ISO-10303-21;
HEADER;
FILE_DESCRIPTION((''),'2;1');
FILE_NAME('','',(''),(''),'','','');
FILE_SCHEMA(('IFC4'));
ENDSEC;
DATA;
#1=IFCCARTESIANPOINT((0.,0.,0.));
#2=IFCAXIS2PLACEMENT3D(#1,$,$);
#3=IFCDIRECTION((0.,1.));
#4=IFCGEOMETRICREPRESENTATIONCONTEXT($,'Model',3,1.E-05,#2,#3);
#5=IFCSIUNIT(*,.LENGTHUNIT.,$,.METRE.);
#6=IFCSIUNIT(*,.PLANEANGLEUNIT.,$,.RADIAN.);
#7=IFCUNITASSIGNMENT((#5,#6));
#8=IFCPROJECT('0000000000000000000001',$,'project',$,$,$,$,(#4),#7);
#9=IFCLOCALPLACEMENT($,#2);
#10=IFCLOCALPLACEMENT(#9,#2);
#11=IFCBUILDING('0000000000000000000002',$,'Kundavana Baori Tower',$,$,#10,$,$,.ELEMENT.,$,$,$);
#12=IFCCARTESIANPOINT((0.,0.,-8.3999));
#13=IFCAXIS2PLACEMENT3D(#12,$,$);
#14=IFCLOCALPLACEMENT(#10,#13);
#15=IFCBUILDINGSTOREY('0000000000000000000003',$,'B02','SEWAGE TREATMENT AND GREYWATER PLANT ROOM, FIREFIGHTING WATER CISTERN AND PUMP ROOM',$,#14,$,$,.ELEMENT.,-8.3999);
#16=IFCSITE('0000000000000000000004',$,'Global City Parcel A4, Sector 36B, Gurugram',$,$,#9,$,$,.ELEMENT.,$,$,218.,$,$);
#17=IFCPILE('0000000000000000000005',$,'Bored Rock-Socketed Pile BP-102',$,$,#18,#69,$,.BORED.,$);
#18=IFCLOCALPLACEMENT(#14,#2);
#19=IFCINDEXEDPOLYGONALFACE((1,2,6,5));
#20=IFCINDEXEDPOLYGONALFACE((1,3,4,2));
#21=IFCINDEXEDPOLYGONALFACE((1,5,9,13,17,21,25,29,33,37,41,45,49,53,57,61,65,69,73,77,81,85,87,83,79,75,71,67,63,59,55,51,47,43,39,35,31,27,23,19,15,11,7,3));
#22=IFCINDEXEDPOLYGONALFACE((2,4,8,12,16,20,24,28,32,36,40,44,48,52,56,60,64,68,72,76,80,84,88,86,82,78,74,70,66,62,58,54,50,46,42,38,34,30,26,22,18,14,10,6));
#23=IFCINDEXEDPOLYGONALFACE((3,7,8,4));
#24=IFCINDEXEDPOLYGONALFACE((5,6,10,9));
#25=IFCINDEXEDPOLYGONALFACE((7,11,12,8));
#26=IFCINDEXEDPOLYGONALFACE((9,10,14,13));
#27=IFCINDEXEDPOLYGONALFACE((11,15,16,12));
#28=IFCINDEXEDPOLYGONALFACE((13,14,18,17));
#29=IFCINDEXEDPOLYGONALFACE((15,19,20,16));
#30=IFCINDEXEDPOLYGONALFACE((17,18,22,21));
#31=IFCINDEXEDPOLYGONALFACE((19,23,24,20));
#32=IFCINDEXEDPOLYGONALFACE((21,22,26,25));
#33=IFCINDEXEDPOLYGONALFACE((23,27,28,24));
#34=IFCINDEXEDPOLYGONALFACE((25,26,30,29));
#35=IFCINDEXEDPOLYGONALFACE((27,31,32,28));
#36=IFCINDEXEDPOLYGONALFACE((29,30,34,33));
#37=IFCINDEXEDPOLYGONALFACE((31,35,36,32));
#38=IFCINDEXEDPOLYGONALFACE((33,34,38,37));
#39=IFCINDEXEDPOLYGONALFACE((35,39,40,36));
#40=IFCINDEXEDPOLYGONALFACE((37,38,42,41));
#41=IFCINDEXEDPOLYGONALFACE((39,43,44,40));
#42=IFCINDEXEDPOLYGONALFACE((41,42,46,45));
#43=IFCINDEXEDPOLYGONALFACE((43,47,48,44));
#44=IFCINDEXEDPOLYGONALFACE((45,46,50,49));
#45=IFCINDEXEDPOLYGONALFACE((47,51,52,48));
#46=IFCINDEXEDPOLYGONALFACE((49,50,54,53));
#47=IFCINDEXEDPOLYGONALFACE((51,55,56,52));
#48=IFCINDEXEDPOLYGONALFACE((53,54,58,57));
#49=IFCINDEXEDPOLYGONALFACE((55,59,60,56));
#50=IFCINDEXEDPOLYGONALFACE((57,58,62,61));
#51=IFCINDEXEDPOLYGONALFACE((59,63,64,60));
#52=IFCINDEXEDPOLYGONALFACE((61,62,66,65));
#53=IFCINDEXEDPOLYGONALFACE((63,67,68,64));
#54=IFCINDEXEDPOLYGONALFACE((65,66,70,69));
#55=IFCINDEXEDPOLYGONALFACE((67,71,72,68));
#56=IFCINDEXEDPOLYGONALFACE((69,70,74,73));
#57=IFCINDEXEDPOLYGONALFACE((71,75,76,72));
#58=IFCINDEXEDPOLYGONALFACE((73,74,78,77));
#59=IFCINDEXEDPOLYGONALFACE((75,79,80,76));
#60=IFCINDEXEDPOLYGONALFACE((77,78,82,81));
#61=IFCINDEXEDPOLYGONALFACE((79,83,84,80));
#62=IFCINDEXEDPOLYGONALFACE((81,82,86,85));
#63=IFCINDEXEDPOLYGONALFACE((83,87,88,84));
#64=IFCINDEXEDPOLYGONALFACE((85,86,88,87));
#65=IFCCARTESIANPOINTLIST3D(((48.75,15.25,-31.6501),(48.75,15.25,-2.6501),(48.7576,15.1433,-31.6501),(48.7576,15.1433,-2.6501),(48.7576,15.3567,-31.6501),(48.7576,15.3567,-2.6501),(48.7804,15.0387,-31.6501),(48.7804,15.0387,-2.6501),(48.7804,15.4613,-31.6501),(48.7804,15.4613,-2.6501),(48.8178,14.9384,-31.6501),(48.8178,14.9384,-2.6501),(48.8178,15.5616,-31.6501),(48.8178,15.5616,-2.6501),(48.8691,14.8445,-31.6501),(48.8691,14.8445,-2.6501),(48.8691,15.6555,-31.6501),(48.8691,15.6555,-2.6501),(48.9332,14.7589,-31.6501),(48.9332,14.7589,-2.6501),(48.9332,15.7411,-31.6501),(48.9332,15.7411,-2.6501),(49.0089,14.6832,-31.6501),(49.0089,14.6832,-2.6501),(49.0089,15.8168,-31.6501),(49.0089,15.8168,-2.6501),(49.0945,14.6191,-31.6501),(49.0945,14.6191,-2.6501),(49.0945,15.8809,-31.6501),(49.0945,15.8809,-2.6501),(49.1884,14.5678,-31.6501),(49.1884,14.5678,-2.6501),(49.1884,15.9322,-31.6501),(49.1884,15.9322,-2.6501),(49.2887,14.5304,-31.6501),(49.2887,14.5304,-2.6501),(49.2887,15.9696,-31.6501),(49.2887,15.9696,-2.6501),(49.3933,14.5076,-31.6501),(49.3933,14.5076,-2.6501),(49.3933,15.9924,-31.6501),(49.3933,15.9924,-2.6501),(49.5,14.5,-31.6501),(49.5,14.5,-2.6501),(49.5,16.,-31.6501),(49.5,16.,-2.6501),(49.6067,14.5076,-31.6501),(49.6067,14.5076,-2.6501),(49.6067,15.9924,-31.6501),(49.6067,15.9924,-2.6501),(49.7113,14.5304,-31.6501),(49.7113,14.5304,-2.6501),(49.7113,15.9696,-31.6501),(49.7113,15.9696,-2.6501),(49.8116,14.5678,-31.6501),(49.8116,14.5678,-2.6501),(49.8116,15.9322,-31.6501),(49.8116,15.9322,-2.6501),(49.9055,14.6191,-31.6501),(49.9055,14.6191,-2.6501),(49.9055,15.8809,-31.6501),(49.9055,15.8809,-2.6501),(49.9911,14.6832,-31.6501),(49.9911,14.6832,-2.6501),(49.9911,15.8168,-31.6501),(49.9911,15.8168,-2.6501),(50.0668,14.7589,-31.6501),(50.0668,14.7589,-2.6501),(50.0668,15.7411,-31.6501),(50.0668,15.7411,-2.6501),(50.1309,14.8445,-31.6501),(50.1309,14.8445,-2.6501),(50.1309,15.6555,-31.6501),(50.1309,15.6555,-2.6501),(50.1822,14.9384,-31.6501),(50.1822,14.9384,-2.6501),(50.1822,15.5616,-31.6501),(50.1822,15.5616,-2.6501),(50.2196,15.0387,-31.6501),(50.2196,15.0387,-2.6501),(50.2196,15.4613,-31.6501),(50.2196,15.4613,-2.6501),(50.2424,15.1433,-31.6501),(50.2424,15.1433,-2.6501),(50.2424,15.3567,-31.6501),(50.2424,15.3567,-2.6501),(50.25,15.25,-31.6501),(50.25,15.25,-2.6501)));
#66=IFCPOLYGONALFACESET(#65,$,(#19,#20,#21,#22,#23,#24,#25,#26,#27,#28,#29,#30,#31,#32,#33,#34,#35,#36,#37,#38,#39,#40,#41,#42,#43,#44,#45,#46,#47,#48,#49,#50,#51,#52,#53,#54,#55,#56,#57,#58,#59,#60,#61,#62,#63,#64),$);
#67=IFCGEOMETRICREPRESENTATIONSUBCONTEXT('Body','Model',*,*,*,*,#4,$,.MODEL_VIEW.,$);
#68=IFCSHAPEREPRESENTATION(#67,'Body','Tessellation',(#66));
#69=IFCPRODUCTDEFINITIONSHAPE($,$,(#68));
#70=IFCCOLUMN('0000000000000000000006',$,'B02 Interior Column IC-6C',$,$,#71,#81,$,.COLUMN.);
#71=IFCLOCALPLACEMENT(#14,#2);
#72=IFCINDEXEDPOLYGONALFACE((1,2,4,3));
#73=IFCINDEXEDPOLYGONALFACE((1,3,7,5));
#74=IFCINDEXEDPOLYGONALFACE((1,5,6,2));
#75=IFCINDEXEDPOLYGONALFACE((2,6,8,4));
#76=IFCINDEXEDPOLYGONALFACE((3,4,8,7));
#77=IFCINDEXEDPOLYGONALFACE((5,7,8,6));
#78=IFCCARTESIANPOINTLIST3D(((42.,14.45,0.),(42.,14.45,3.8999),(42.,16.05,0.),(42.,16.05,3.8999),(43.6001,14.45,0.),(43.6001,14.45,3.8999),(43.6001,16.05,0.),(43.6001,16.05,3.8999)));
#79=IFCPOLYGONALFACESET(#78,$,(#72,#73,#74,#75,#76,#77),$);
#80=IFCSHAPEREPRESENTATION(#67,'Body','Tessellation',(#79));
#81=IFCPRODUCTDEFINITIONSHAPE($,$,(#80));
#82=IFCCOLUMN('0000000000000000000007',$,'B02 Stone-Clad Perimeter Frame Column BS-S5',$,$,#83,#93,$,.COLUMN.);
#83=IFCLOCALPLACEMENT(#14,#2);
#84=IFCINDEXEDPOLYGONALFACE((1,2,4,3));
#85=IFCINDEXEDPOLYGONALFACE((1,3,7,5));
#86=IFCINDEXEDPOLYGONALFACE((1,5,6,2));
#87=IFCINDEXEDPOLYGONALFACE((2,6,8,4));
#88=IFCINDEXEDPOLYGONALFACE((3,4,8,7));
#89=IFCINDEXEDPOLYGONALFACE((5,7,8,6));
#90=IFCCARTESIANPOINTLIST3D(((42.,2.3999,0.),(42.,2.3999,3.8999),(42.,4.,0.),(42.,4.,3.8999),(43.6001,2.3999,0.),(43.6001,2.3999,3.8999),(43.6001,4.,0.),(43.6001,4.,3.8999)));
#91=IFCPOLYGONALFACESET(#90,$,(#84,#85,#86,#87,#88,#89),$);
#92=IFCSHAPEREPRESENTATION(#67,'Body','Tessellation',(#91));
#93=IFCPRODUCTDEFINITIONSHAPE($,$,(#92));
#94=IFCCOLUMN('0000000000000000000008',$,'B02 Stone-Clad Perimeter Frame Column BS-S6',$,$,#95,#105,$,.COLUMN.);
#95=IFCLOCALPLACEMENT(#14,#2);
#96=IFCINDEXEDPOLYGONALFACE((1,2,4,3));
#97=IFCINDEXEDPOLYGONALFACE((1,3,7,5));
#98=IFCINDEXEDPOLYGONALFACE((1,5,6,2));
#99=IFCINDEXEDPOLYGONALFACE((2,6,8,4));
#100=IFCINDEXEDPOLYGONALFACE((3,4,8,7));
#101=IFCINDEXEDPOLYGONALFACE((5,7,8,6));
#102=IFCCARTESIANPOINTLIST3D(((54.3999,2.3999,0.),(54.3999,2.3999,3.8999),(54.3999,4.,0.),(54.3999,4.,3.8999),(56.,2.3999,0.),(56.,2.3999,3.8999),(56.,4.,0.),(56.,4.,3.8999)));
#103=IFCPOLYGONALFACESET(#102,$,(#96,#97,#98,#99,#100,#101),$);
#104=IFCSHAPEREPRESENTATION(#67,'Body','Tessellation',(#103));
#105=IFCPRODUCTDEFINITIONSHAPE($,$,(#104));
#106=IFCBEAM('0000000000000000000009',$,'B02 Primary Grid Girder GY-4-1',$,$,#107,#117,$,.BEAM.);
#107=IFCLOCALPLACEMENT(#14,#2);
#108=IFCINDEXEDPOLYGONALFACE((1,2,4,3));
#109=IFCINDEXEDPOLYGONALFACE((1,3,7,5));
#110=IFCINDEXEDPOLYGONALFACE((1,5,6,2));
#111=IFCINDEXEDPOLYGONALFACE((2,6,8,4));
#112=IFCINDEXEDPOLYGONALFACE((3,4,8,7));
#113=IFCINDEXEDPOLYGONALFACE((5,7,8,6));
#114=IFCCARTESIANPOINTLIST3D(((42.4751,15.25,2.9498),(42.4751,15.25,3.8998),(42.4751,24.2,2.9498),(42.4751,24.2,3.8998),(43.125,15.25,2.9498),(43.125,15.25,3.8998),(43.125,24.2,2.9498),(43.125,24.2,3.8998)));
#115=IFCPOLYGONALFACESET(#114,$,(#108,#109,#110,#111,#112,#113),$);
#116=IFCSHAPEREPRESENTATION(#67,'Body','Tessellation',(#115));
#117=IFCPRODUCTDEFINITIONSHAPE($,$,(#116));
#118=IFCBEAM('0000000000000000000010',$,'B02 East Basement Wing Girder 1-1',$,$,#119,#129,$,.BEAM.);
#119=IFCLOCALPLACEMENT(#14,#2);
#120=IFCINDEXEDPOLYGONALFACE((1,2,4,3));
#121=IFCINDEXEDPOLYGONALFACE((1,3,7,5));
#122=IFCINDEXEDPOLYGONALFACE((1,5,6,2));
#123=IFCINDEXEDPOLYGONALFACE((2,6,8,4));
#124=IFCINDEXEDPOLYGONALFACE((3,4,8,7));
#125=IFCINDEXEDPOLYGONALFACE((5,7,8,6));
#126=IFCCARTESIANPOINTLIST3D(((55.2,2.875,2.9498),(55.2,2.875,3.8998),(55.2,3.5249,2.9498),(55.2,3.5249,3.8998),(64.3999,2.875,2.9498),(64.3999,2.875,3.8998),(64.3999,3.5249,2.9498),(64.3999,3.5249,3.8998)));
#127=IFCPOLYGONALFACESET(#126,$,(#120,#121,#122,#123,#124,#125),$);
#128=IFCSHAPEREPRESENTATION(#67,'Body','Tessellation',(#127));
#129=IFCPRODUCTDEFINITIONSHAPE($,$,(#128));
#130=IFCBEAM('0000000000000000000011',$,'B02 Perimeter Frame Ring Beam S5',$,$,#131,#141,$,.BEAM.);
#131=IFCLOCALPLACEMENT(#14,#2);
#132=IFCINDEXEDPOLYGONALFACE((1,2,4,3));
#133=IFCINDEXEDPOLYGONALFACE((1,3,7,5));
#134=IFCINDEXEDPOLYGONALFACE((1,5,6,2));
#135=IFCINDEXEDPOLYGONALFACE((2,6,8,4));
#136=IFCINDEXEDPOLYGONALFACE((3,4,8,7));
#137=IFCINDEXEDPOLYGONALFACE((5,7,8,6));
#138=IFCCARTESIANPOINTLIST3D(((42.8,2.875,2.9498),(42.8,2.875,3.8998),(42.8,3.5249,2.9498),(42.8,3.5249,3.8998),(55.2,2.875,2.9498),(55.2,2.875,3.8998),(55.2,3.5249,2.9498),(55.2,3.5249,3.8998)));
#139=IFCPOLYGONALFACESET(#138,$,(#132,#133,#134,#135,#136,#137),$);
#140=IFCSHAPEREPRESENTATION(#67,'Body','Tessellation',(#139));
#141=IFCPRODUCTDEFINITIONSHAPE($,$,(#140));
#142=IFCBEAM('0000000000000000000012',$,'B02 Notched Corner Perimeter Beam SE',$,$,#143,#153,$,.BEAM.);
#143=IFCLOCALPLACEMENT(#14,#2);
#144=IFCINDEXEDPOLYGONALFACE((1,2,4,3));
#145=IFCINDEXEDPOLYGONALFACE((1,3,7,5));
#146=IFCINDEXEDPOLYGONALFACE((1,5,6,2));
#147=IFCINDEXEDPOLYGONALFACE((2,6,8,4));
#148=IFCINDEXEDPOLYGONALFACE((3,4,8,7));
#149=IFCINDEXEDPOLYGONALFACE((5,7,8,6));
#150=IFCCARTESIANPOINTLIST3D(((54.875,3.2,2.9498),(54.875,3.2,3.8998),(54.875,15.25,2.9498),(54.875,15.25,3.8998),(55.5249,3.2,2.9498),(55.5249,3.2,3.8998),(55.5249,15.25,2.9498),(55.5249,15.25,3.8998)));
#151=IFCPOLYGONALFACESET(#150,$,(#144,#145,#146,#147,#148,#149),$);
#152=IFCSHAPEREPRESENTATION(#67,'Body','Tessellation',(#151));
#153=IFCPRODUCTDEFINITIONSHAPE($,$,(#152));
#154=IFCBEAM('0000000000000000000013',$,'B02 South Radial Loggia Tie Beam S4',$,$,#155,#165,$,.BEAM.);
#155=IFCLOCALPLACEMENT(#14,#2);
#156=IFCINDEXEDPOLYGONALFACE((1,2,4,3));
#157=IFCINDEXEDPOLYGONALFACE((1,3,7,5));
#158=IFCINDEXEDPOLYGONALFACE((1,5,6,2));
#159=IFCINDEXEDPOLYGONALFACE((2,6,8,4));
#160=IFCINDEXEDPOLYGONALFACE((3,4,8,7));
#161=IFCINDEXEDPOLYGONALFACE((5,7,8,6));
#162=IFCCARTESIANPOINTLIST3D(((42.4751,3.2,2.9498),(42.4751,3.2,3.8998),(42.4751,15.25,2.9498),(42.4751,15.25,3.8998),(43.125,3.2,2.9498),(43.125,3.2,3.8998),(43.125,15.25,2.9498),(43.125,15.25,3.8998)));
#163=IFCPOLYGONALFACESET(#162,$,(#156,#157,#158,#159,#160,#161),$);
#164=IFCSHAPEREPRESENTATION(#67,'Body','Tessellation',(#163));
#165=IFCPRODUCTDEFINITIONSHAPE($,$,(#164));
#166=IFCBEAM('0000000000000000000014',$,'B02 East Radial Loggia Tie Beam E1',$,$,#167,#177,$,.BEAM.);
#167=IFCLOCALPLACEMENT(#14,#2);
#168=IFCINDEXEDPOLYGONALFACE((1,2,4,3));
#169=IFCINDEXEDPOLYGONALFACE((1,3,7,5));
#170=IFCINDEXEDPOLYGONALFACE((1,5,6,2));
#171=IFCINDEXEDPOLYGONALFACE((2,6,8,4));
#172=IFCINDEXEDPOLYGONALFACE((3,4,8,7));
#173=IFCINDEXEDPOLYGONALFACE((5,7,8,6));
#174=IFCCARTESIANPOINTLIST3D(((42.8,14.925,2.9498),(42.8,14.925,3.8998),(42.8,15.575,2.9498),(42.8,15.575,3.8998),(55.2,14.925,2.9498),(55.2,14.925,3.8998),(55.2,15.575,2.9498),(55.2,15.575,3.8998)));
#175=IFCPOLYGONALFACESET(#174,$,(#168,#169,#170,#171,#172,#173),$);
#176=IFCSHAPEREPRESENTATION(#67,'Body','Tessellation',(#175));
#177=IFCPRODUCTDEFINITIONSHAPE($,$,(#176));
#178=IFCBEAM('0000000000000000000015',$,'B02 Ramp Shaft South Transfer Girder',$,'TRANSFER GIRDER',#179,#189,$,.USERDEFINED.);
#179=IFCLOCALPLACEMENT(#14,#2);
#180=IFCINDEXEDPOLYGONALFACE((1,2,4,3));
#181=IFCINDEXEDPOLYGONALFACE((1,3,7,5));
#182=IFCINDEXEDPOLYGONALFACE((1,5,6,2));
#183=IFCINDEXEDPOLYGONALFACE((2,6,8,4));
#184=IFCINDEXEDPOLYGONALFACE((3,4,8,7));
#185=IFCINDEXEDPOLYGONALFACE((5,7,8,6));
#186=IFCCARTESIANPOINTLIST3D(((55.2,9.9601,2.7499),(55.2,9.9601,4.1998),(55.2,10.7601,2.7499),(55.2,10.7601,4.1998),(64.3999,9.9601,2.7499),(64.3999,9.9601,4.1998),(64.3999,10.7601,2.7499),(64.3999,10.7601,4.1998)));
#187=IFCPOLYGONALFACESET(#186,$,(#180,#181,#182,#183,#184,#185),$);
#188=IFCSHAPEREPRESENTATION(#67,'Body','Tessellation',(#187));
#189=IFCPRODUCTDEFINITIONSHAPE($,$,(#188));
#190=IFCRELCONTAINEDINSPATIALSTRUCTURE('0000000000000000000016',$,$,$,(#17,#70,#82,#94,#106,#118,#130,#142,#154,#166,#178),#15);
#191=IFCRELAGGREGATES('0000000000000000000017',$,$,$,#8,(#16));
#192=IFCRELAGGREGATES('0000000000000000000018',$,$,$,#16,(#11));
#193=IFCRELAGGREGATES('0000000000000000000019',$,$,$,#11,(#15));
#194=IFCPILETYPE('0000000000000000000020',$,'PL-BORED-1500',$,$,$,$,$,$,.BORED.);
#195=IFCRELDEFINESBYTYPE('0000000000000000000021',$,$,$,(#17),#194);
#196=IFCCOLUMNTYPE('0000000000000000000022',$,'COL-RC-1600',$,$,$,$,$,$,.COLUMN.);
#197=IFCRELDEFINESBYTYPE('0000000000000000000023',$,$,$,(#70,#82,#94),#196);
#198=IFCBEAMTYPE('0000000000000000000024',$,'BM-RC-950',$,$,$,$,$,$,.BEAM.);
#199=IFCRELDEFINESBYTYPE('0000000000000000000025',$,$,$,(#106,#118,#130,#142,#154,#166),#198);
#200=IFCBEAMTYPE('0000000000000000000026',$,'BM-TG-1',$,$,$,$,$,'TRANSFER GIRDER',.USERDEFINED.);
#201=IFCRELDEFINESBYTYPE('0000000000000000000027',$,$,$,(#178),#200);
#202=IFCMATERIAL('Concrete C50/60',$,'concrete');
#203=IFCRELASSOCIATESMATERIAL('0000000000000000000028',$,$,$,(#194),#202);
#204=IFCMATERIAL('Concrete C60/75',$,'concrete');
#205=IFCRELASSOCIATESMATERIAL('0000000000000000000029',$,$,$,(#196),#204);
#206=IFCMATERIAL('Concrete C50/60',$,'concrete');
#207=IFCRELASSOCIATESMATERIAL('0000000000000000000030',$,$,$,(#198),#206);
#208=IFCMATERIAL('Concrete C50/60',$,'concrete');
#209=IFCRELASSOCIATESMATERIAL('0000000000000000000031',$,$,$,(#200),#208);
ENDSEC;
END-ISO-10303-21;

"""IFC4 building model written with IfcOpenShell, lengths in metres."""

from ifc_helpers import new_model, si_unit, direction, frame, origin, origin_2d, place, context, subcontext, project, spatial, rectangle, circle, extrude, material, material_profile, profile_set, type_object, element, save


model = new_model("IFC4")

# Units and contexts
model_context = context("Model", 3, precision=1e-05, world=origin(), true_north=direction((0.0, 1.0)))
body_context = subcontext(model_context, "Body", "Model", "MODEL_VIEW")
ifc_project = project(units=[si_unit("LENGTHUNIT", "METRE"), si_unit("PLANEANGLEUNIT", "RADIAN")], contexts=[model_context])

# Site, building, storey
site_placement = place(None, origin())
site = spatial("IfcSite", under=ifc_project, at=site_placement, Name="Global City Parcel A4, Sector 36B, Gurugram", CompositionType="ELEMENT", RefElevation=218.0)
building_placement = place(site_placement, origin())
building = spatial("IfcBuilding", under=site, at=building_placement, Name="Kundavana Baori Tower", CompositionType="ELEMENT")
storey_placement = place(building_placement, frame((0.0, 0.0, -8.3999)))
storey = spatial("IfcBuildingStorey", under=building, at=storey_placement, Name="B02", Description="SEWAGE TREATMENT AND GREYWATER PLANT ROOM, FIREFIGHTING WATER CISTERN AND PUMP ROOM", CompositionType="ELEMENT", Elevation=-8.3999)

# Pile
ifc_material_1 = material(Name="Concrete C50/60", Category="concrete")
ifc_material_profile_1 = material_profile(ifc_material_1, circle(Radius=0.75, at=origin_2d()), Name="BORED PILE D1500")
ifc_profile_set_1 = profile_set([ifc_material_profile_1], Name="Concrete C50/60")
pile_type_1 = type_object("IfcPileType", Name="PL-BORED-1500", PredefinedType="BORED", material=ifc_profile_set_1)
for number, where, z_axis, x_axis, name in (
    (1, (49.5, 15.25, -2.6501), (0.0, 0.0, -1.0), (1.0, 0.0, 0.0), "Bored Rock-Socketed Pile BP-102"),
):
    element("IfcPile", number, at=place(storey_placement, frame(where, z_axis=z_axis, x_axis=x_axis)), inside=storey, type_object=pile_type_1, Name=name, PredefinedType="BORED", context=body_context, shape_type="SweptSolid", body=[
        extrude(circle(Radius=0.75, at=origin_2d()), origin(), (0.0, 0.0, 1.0), 29.0),
    ])

# Columns
ifc_material_2 = material(Name="Concrete C60/75", Category="concrete")
ifc_material_profile_2 = material_profile(ifc_material_2, rectangle(XDim=1.6001, YDim=1.6001, at=origin_2d()), Name="RC 1600x1600")
ifc_profile_set_2 = profile_set([ifc_material_profile_2], Name="Concrete C60/75")
column_type = type_object("IfcColumnType", Name="COL-RC-1600", PredefinedType="COLUMN", material=ifc_profile_set_2)
for number, where, z_axis, x_axis, name in (
    (2, (42.8, 15.25, 0.0), (0.0, 0.0, 1.0), (1.0, 0.0, 0.0), "B02 Interior Column IC-6C"),
    (3, (42.8, 3.2, 0.0), (0.0, 0.0, 1.0), (1.0, 0.0, 0.0), "B02 Stone-Clad Perimeter Frame Column BS-S5"),
    (4, (55.2, 3.2, 0.0), (0.0, 0.0, 1.0), (1.0, 0.0, 0.0), "B02 Stone-Clad Perimeter Frame Column BS-S6"),
):
    element("IfcColumn", number, at=place(storey_placement, frame(where, z_axis=z_axis, x_axis=x_axis)), inside=storey, type_object=column_type, Name=name, PredefinedType="COLUMN", context=body_context, shape_type="SweptSolid", body=[
        extrude(rectangle(XDim=1.6001, YDim=1.6001, at=origin_2d()), origin(), (0.0, 0.0, 1.0), 3.8999),
    ])

# Beams
ifc_material_3 = material(Name="Concrete C50/60", Category="concrete")
ifc_material_profile_3 = material_profile(ifc_material_3, rectangle(XDim=0.6499, YDim=0.95, at=origin_2d()), Name="RC BM 650x950")
ifc_profile_set_3 = profile_set([ifc_material_profile_3], Name="Concrete C50/60")
beam_type_1 = type_object("IfcBeamType", Name="BM-RC-950", PredefinedType="BEAM", material=ifc_profile_set_3)
beam_1_placement = place(storey_placement, frame((42.8, 15.25, 3.4248), z_axis=(0.0, 1.0, 0.0), x_axis=(-1.0, 0.0, 0.0)))
element("IfcBeam", 5, at=beam_1_placement, inside=storey, type_object=beam_type_1, Name="B02 Primary Grid Girder GY-4-1", PredefinedType="BEAM", context=body_context, shape_type="SweptSolid", body=[
    extrude(rectangle(XDim=0.6499, YDim=0.95, at=origin_2d()), origin(), (0.0, 0.0, 1.0), 8.95),
])
beam_2_placement = place(storey_placement, frame((55.2, 3.2, 3.4248), z_axis=(1.0, 0.0, 0.0), x_axis=(0.0, 1.0, 0.0)))
element("IfcBeam", 6, at=beam_2_placement, inside=storey, type_object=beam_type_1, Name="B02 East Basement Wing Girder 1-1", PredefinedType="BEAM", context=body_context, shape_type="SweptSolid", body=[
    extrude(rectangle(XDim=0.6499, YDim=0.95, at=origin_2d()), origin(), (0.0, 0.0, 1.0), 9.2),
])
beam_3_placement = place(storey_placement, frame((42.8, 3.2, 3.4248), z_axis=(1.0, 0.0, 0.0), x_axis=(0.0, 1.0, 0.0)))
element("IfcBeam", 7, at=beam_3_placement, inside=storey, type_object=beam_type_1, Name="B02 Perimeter Frame Ring Beam S5", PredefinedType="BEAM", context=body_context, shape_type="SweptSolid", body=[
    extrude(rectangle(XDim=0.6499, YDim=0.95, at=origin_2d()), origin(), (0.0, 0.0, 1.0), 12.3999),
])
for number, where, z_axis, x_axis, name in (
    (8, (55.2, 3.2, 3.4248), (0.0, 1.0, 0.0), (-1.0, 0.0, 0.0), "B02 Notched Corner Perimeter Beam SE"),
    (9, (42.8, 15.25, 3.4248), (0.0, -1.0, 0.0), (1.0, 0.0, 0.0), "B02 South Radial Loggia Tie Beam S4"),
):
    element("IfcBeam", number, at=place(storey_placement, frame(where, z_axis=z_axis, x_axis=x_axis)), inside=storey, type_object=beam_type_1, Name=name, PredefinedType="BEAM", context=body_context, shape_type="SweptSolid", body=[
        extrude(rectangle(XDim=0.6499, YDim=0.95, at=origin_2d()), origin(), (0.0, 0.0, 1.0), 12.05),
    ])
beam_4_placement = place(storey_placement, frame((42.8, 15.25, 3.4248), z_axis=(1.0, 0.0, 0.0), x_axis=(0.0, 1.0, 0.0)))
element("IfcBeam", 10, at=beam_4_placement, inside=storey, type_object=beam_type_1, Name="B02 East Radial Loggia Tie Beam E1", PredefinedType="BEAM", context=body_context, shape_type="SweptSolid", body=[
    extrude(rectangle(XDim=0.6499, YDim=0.95, at=origin_2d()), origin(), (0.0, 0.0, 1.0), 12.3999),
])
ifc_material_4 = material(Name="Concrete C50/60", Category="concrete")
ifc_material_profile_4 = material_profile(ifc_material_4, rectangle(XDim=0.8, YDim=1.45, at=origin_2d()), Name="BM-TG-1")
ifc_profile_set_4 = profile_set([ifc_material_profile_4], Name="Concrete C50/60")
beam_type_2 = type_object("IfcBeamType", Name="BM-TG-1", ElementType="TRANSFER GIRDER", PredefinedType="USERDEFINED", material=ifc_profile_set_4)
beam_5_placement = place(storey_placement, frame((55.2, 10.3601, 3.4749), z_axis=(1.0, 0.0, 0.0), x_axis=(0.0, 1.0, 0.0)))
element("IfcBeam", 11, at=beam_5_placement, inside=storey, type_object=beam_type_2, Name="B02 Ramp Shaft South Transfer Girder", ObjectType="TRANSFER GIRDER", PredefinedType="USERDEFINED", context=body_context, shape_type="SweptSolid", body=[
    extrude(rectangle(XDim=0.8, YDim=1.45, at=origin_2d()), origin(), (0.0, 0.0, 1.0), 9.2),
])

save(model, "model.ifc")
